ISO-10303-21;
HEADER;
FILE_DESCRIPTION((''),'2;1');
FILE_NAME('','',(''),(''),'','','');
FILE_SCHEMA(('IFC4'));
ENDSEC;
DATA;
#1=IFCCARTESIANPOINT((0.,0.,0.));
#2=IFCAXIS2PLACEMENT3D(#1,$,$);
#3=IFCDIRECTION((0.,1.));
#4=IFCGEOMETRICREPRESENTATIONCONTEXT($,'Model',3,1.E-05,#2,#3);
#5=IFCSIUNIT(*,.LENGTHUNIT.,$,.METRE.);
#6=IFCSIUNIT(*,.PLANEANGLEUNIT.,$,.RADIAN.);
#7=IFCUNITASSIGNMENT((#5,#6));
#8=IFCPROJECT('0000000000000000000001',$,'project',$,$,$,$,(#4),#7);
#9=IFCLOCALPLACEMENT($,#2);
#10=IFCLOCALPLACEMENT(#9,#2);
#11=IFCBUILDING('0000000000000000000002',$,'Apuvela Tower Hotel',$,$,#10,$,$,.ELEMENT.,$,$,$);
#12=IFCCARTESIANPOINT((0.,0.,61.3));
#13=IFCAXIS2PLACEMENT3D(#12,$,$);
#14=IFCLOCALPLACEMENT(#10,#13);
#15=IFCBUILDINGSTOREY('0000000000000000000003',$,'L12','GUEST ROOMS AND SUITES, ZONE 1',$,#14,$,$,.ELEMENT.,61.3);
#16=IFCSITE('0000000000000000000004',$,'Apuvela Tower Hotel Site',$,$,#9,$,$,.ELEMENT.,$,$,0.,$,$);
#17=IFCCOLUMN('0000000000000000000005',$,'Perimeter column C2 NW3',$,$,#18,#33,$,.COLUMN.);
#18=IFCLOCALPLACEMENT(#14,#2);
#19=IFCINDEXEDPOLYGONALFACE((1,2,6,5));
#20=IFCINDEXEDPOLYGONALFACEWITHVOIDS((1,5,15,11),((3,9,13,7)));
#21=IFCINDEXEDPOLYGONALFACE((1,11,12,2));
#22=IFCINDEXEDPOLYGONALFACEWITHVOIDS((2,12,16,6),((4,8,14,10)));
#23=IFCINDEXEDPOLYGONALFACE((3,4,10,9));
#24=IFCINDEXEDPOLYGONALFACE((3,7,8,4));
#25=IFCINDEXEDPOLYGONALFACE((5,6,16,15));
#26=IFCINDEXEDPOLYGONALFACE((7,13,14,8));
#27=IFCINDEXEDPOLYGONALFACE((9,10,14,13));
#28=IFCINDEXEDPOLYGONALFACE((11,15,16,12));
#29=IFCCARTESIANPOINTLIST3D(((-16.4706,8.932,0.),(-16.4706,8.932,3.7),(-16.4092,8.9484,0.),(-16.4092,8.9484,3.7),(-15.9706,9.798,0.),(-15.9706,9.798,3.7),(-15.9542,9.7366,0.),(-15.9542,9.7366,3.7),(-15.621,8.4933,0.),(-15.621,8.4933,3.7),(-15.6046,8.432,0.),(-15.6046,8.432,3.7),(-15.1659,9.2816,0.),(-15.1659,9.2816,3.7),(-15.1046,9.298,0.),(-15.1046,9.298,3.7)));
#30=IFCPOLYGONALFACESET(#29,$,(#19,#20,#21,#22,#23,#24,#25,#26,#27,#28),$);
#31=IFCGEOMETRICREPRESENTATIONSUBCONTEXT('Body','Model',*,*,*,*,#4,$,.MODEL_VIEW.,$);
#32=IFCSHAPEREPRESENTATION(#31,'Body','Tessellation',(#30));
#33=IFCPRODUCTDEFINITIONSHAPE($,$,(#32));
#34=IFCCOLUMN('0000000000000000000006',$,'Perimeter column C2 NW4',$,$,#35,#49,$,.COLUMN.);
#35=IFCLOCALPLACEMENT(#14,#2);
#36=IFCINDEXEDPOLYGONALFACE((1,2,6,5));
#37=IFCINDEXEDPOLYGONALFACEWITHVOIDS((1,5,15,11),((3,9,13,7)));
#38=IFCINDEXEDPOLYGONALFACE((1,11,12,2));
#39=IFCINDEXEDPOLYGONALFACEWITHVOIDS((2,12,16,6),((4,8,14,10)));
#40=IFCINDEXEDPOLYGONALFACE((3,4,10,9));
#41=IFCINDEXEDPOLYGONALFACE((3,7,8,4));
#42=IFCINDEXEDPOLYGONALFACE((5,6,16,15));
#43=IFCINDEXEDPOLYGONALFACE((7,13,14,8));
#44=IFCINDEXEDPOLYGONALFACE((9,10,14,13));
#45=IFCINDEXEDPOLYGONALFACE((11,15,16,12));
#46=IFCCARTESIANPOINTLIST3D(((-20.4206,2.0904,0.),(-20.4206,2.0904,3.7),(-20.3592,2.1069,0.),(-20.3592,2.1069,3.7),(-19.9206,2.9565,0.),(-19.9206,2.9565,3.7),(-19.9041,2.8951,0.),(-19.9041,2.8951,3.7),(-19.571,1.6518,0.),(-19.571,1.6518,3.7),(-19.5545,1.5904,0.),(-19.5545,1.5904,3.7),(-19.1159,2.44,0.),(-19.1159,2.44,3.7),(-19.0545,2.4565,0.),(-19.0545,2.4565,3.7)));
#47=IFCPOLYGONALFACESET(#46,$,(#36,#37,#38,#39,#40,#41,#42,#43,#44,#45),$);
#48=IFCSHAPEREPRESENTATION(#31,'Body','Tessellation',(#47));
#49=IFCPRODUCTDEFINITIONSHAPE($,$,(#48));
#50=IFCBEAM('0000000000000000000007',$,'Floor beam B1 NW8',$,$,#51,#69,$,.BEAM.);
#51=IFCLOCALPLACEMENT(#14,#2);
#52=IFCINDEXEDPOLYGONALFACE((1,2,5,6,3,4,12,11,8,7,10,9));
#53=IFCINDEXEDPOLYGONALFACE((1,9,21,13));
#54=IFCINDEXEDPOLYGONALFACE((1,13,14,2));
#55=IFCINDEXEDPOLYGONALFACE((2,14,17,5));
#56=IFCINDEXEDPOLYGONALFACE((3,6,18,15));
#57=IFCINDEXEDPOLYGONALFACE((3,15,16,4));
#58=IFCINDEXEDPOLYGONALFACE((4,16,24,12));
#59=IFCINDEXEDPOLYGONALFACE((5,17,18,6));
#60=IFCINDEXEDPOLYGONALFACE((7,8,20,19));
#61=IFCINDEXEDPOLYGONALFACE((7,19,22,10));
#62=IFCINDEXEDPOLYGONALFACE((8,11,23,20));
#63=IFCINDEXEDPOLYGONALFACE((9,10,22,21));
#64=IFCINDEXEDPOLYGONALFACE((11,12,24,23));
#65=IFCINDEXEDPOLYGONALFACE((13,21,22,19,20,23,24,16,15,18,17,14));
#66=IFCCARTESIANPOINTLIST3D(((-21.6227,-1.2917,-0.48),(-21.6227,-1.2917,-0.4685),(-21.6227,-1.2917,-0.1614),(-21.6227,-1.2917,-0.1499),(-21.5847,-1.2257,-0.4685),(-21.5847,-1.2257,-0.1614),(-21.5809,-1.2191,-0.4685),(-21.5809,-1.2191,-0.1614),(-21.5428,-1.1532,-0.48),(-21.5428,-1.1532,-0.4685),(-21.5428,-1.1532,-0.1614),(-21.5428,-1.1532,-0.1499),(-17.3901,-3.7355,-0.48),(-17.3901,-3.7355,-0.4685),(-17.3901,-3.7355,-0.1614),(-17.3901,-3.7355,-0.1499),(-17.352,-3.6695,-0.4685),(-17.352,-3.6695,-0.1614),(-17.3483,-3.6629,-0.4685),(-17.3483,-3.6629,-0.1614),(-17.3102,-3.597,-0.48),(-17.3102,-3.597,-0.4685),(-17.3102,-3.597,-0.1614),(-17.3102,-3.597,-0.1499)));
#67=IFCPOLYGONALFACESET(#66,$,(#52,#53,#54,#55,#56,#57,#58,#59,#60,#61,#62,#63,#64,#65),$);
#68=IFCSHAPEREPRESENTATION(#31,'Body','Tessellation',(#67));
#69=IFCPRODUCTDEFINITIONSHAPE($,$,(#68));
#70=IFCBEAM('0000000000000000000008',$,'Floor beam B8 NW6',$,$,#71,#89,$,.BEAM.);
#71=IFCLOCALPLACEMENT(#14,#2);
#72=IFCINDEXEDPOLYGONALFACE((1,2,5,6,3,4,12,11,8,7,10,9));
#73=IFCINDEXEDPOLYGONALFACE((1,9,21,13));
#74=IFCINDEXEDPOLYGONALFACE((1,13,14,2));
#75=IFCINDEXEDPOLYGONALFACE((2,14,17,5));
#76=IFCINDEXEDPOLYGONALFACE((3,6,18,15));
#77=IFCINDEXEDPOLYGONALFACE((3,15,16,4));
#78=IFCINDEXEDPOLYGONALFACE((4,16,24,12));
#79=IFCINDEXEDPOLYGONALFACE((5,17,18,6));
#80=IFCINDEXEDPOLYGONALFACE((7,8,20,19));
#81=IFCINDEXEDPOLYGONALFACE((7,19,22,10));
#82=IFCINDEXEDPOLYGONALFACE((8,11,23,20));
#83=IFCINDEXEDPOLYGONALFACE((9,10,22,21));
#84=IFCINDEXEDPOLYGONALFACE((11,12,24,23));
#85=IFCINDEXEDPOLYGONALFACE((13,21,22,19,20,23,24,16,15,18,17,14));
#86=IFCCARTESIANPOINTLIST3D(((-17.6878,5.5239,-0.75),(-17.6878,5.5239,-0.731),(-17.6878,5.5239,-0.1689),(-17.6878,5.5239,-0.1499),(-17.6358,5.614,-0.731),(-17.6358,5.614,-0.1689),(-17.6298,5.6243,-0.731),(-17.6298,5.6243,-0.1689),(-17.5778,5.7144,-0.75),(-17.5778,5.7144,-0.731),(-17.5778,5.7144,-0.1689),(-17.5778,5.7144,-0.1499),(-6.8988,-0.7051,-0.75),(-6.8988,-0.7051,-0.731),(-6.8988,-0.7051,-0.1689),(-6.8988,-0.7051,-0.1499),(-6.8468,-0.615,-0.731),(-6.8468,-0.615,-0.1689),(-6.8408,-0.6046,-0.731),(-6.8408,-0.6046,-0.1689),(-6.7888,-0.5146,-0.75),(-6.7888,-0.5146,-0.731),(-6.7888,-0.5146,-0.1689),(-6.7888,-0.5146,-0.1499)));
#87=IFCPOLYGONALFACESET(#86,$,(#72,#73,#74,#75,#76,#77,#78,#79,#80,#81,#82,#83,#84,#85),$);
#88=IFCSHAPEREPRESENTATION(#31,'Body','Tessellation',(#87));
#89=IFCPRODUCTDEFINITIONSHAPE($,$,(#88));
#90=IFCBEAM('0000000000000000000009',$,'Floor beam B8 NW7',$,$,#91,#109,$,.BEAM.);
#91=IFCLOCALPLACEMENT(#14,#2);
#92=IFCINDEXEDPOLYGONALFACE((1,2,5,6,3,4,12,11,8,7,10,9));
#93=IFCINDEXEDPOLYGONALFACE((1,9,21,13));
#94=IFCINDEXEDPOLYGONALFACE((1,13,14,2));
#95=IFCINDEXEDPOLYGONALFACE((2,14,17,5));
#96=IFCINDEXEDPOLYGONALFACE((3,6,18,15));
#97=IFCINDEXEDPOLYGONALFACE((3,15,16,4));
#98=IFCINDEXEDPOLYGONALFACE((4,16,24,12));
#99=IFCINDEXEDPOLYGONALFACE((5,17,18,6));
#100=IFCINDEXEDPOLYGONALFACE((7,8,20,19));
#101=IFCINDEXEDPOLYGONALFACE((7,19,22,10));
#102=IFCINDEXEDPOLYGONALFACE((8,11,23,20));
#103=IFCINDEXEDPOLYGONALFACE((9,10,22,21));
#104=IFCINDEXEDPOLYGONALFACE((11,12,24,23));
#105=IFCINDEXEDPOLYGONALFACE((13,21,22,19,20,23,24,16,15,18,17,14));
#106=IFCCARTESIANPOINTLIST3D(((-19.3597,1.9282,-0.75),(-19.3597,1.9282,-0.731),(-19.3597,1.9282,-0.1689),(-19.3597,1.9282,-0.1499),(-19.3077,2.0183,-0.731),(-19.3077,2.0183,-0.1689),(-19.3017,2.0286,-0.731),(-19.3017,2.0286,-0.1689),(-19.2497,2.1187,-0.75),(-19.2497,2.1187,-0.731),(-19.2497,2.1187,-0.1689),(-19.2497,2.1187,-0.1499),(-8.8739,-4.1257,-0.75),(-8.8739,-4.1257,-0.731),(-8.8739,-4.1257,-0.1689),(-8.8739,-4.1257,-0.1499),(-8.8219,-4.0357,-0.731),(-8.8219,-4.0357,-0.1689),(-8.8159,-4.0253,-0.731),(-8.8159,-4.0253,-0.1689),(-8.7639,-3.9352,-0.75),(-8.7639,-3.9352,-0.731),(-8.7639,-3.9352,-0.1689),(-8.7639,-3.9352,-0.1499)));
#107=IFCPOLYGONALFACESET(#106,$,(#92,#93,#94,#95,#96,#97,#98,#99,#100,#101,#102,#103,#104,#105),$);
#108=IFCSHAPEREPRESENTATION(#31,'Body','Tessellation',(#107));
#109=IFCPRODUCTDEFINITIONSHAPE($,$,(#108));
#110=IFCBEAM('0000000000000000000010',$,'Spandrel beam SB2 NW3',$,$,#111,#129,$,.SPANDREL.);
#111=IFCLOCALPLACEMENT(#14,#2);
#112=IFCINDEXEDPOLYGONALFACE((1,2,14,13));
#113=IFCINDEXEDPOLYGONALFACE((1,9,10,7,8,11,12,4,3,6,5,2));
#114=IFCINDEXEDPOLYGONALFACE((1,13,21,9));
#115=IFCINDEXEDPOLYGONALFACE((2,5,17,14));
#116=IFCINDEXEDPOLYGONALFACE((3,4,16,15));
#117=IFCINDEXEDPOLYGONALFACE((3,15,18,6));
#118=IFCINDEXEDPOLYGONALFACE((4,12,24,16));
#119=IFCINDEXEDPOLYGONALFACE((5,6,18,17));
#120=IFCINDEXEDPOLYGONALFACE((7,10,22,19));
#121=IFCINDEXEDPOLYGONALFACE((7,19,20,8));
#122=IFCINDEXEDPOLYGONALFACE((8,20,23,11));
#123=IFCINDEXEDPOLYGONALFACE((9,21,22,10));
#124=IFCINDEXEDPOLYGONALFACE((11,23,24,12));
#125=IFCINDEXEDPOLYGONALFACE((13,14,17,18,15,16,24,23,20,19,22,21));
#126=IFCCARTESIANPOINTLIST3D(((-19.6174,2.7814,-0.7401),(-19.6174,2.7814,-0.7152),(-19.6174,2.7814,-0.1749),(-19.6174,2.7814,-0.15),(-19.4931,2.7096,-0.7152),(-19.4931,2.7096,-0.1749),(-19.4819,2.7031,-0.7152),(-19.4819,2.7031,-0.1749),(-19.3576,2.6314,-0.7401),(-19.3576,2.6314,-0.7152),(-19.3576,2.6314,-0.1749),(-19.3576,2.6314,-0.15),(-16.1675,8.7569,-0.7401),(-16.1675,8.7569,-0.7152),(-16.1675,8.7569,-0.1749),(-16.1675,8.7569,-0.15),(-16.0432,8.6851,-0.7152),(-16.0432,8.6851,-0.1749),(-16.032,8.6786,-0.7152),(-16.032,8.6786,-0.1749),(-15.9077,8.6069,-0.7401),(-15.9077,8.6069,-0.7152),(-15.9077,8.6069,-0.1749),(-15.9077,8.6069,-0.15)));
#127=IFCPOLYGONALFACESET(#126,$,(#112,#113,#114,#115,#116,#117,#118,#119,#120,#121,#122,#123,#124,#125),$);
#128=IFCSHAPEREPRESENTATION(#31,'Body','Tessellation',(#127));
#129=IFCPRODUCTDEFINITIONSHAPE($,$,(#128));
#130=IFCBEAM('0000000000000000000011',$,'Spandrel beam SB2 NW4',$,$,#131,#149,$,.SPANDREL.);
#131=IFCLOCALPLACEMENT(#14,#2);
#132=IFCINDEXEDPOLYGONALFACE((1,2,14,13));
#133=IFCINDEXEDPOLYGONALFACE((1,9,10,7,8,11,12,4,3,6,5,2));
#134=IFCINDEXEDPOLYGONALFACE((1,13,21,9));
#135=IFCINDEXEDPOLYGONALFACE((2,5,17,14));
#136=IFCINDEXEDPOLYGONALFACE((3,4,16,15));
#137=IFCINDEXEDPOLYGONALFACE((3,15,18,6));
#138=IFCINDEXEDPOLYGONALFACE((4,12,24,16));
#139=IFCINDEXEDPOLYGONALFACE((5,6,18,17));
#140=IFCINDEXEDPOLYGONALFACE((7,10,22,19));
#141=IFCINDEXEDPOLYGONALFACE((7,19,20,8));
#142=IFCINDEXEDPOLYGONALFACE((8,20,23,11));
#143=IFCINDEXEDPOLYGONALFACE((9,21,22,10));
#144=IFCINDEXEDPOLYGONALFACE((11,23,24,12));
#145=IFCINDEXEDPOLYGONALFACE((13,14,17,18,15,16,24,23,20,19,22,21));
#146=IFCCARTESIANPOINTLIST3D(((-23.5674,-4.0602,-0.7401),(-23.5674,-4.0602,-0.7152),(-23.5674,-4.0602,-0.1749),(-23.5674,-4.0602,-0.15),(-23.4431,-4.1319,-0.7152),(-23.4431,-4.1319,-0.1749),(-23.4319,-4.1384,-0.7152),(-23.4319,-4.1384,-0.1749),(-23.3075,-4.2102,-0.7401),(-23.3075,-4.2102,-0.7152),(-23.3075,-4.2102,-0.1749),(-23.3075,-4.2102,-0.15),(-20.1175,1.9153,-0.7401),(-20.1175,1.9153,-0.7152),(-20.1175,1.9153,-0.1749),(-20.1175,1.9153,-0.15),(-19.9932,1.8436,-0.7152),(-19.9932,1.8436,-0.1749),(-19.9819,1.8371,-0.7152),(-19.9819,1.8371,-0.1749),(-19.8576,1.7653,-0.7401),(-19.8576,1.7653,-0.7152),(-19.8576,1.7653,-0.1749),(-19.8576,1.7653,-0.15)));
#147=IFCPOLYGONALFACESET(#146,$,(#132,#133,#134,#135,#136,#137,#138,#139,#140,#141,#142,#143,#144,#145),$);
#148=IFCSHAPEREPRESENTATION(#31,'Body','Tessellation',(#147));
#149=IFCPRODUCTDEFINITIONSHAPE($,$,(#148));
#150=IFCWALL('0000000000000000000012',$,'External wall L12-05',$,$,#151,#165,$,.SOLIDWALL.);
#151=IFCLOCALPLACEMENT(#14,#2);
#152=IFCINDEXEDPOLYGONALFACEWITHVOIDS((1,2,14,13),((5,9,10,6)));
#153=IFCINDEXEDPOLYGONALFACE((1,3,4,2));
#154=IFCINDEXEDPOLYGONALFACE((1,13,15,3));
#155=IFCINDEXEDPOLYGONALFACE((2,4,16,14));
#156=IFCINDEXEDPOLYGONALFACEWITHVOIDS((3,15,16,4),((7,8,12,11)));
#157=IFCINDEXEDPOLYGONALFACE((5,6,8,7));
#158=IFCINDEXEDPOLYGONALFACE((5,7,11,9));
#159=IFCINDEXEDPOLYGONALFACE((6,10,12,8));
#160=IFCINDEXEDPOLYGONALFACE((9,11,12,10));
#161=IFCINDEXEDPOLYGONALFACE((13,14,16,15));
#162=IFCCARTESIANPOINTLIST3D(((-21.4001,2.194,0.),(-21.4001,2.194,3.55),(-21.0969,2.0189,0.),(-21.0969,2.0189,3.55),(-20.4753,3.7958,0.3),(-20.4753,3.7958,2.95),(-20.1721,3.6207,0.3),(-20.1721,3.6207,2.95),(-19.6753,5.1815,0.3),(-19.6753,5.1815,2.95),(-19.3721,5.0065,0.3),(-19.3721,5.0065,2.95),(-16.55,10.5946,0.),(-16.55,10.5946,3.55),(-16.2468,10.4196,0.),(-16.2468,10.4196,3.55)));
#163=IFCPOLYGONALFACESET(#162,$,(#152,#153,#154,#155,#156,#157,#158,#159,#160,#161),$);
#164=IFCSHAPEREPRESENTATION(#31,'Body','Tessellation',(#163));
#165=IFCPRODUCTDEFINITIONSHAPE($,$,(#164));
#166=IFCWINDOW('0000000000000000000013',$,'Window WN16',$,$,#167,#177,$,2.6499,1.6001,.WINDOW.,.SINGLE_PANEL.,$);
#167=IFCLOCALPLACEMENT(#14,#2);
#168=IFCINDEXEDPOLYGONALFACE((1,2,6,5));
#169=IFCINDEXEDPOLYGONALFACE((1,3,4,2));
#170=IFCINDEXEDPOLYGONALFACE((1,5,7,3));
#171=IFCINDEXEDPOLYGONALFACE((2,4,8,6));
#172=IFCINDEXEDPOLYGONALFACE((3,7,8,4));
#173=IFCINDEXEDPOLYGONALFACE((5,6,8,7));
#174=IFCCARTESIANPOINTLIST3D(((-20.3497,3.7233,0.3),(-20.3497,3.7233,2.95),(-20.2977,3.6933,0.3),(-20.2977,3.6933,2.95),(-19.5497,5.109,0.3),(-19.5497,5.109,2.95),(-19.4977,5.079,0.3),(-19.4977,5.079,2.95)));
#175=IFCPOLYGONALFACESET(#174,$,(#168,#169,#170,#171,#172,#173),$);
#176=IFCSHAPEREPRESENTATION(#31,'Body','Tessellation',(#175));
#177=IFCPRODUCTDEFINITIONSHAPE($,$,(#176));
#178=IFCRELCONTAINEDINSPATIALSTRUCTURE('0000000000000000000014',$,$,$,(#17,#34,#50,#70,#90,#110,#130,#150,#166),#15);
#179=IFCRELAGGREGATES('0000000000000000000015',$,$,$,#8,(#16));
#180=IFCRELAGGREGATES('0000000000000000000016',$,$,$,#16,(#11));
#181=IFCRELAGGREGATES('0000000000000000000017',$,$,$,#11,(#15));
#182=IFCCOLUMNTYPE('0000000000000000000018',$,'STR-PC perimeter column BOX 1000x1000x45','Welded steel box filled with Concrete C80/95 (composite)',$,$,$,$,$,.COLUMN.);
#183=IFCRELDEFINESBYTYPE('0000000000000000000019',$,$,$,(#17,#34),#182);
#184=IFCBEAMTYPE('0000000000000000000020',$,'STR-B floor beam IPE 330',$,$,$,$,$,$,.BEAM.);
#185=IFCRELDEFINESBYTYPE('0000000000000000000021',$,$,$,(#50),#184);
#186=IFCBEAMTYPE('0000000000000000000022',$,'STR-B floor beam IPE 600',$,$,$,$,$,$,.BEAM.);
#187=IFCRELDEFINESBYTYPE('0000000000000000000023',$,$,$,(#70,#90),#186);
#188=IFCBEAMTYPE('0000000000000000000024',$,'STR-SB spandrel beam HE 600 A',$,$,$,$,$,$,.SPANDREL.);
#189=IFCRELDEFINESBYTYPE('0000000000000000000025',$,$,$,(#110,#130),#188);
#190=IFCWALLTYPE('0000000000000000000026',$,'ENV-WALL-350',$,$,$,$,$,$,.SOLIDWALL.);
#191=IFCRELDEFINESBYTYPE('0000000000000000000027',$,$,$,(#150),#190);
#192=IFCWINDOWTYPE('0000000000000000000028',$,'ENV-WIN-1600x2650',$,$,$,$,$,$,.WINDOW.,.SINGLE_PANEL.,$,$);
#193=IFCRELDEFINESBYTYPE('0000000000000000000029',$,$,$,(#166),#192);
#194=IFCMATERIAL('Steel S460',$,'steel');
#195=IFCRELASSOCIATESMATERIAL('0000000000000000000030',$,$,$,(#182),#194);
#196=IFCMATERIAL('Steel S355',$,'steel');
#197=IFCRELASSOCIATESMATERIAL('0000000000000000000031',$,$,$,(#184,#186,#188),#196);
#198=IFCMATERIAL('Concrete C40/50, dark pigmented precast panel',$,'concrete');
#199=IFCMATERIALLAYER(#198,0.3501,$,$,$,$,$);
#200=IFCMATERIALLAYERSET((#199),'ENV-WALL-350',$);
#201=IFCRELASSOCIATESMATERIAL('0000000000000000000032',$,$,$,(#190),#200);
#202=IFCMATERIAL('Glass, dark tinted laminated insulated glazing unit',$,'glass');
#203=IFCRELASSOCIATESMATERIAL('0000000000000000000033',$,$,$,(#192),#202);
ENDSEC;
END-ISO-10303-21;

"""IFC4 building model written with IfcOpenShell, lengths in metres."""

from ifc_helpers import new_model, si_unit, direction, frame, frame_2d, origin, origin_2d, place, context, subcontext, project, spatial, rectangle, hollow_rectangle, i_section, extrude, material, layer, layer_set, material_profile, profile_set, type_object, element, fill, save


model = new_model("IFC4")

# Units and contexts
model_context = context("Model", 3, precision=1e-05, world=origin(), true_north=direction((0.0, 1.0)))
body_context = subcontext(model_context, "Body", "Model", "MODEL_VIEW")
ifc_project = project(units=[si_unit("LENGTHUNIT", "METRE"), si_unit("PLANEANGLEUNIT", "RADIAN")], contexts=[model_context])

# Site, building, storey
site_placement = place(None, origin())
site = spatial("IfcSite", under=ifc_project, at=site_placement, Name="Apuvela Tower Hotel Site", CompositionType="ELEMENT", RefElevation=0.0)
building_placement = place(site_placement, origin())
building = spatial("IfcBuilding", under=site, at=building_placement, Name="Apuvela Tower Hotel", CompositionType="ELEMENT")
storey_placement = place(building_placement, frame((0.0, 0.0, 61.3)))
storey = spatial("IfcBuildingStorey", under=building, at=storey_placement, Name="L12", Description="GUEST ROOMS AND SUITES, ZONE 1", CompositionType="ELEMENT", Elevation=61.3)

# Columns
ifc_material_1 = material(Name="Steel S460", Category="steel")
ifc_material_profile_1 = material_profile(ifc_material_1, hollow_rectangle(XDim=1.0, YDim=1.0, WallThickness=0.0449, at=origin_2d()), Name="BOX 1000x1000x45")
ifc_material_2 = material(Name="Concrete C80/95", Category="concrete")
ifc_material_profile_2 = material_profile(ifc_material_2, rectangle(XDim=0.9099, YDim=0.9099, at=origin_2d()), Name="Concrete C80/95 infill")
ifc_profile_set_1 = profile_set([ifc_material_profile_1, ifc_material_profile_2], Name="Steel S460")
column_type = type_object("IfcColumnType", Name="STR-PC perimeter column BOX 1000x1000x45", Description="Welded steel box filled with Concrete C80/95 (composite)", PredefinedType="COLUMN", material=ifc_profile_set_1)
for number, where, z_axis, x_axis, name in (
    (1, (-15.7876, 9.115, 0.0), (0.0, 0.0, 1.0), (0.5, 0.866025, 0.0), "Perimeter column C2 NW3"),
    (2, (-19.7375, 2.2734, 0.0), (0.0, 0.0, 1.0), (0.5, 0.866025, 0.0), "Perimeter column C2 NW4"),
):
    element("IfcColumn", number, at=place(storey_placement, frame(where, z_axis=z_axis, x_axis=x_axis)), inside=storey, type_object=column_type, Name=name, PredefinedType="COLUMN", context=body_context, shape_type="SweptSolid", body=[
        extrude(hollow_rectangle(XDim=1.0, YDim=1.0, WallThickness=0.0449, at=origin_2d()), origin(), (0.0, 0.0, 1.0), 3.7),
    ])

# Beams
ifc_material_3 = material(Name="Steel S355", Category="steel")
ifc_material_profile_3 = material_profile(ifc_material_3, i_section(OverallWidth=0.1599, OverallDepth=0.3301, WebThickness=0.0076, FlangeThickness=0.0115, at=origin_2d()), Name="IPE 330")
ifc_profile_set_2 = profile_set([ifc_material_profile_3], Name="Steel S355")
beam_type_1 = type_object("IfcBeamType", Name="STR-B floor beam IPE 330", PredefinedType="BEAM", material=ifc_profile_set_2)
beam_1_placement = place(storey_placement, frame((-21.5828, -1.2224, -0.3149), z_axis=(0.866015, -0.500018, 0.0), x_axis=(0.500018, 0.866015, 0.0)))
element("IfcBeam", 3, at=beam_1_placement, inside=storey, type_object=beam_type_1, Name="Floor beam B1 NW8", PredefinedType="BEAM", context=body_context, shape_type="SweptSolid", body=[
    extrude(i_section(OverallWidth=0.1599, OverallDepth=0.3301, WebThickness=0.0076, FlangeThickness=0.0115, at=origin_2d()), origin(), (0.0, 0.0, 1.0), 4.8875),
])
ifc_material_profile_4 = material_profile(ifc_material_3, i_section(OverallWidth=0.22, OverallDepth=0.6001, WebThickness=0.012, FlangeThickness=0.019, at=origin_2d()), Name="IPE 600")
ifc_profile_set_3 = profile_set([ifc_material_profile_4], Name="Steel S355")
beam_type_2 = type_object("IfcBeamType", Name="STR-B floor beam IPE 600", PredefinedType="BEAM", material=ifc_profile_set_3)
beam_2_placement = place(storey_placement, frame((-17.6328, 5.6191, -0.45), z_axis=(0.866028, -0.499996, 0.0), x_axis=(0.499996, 0.866028, 0.0)))
element("IfcBeam", 4, at=beam_2_placement, inside=storey, type_object=beam_type_2, Name="Floor beam B8 NW6", PredefinedType="BEAM", context=body_context, shape_type="SweptSolid", body=[
    extrude(i_section(OverallWidth=0.22, OverallDepth=0.6001, WebThickness=0.012, FlangeThickness=0.019, at=origin_2d()), origin(), (0.0, 0.0, 1.0), 12.458),
])
beam_3_placement = place(storey_placement, frame((-19.3047, 2.0234, -0.45), z_axis=(0.866027, -0.499997, 0.0), x_axis=(0.499997, 0.866027, 0.0)))
element("IfcBeam", 5, at=beam_3_placement, inside=storey, type_object=beam_type_2, Name="Floor beam B8 NW7", PredefinedType="BEAM", context=body_context, shape_type="SweptSolid", body=[
    extrude(i_section(OverallWidth=0.22, OverallDepth=0.6001, WebThickness=0.012, FlangeThickness=0.019, at=origin_2d()), origin(), (0.0, 0.0, 1.0), 12.1079),
])
ifc_material_profile_5 = material_profile(ifc_material_3, i_section(OverallWidth=0.3, OverallDepth=0.5901, WebThickness=0.0129, FlangeThickness=0.0249, at=origin_2d()), Name="HE 600 A")
ifc_profile_set_4 = profile_set([ifc_material_profile_5], Name="Steel S355")
beam_type_3 = type_object("IfcBeamType", Name="STR-SB spandrel beam HE 600 A", PredefinedType="SPANDREL", material=ifc_profile_set_4)
for number, where, z_axis, x_axis, name in (
    (6, (-16.0376, 8.6819, -0.4451), (-0.499994, -0.866029, 0.0), (0.866029, -0.499994, 0.0), "Spandrel beam SB2 NW3"),
    (7, (-19.9875, 1.8403, -0.4451), (-0.499994, -0.866029, 0.0), (0.866029, -0.499994, 0.0), "Spandrel beam SB2 NW4"),
):
    element("IfcBeam", number, at=place(storey_placement, frame(where, z_axis=z_axis, x_axis=x_axis)), inside=storey, type_object=beam_type_3, Name=name, PredefinedType="SPANDREL", context=body_context, shape_type="SweptSolid", body=[
        extrude(i_section(OverallWidth=0.3, OverallDepth=0.5901, WebThickness=0.0129, FlangeThickness=0.0249, at=origin_2d()), origin(), (0.0, 0.0, 1.0), 6.8999),
    ])

# Wall, opening, window
ifc_material_4 = material(Name="Concrete C40/50, dark pigmented precast panel", Category="concrete")
ifc_layer_1 = layer(ifc_material_4, 0.3501)
ifc_layer_set_1 = layer_set([ifc_layer_1], Name="ENV-WALL-350")
wall_type_1 = type_object("IfcWallType", Name="ENV-WALL-350", PredefinedType="SOLIDWALL", material=ifc_layer_set_1)
wall_1_placement = place(storey_placement, frame((-16.3984, 10.5071, 0.0), z_axis=(0.0, 0.0, 1.0), x_axis=(-0.499999, -0.866026, 0.0)))
wall_1 = element("IfcWall", 8, at=wall_1_placement, inside=storey, type_object=wall_type_1, Name="External wall L12-05", PredefinedType="SOLIDWALL", context=body_context, shape_type="SweptSolid", body=[
    extrude(rectangle(XDim=9.7002, YDim=0.3501, at=frame_2d((4.8501, 0.0))), origin(), (0.0, 0.0, 1.0), 3.55),
])
opening_1_placement = place(wall_1_placement, frame((6.2505, 0.0, 0.3)))
opening_1 = element("IfcOpeningElement", 9, at=opening_1_placement, cuts=wall_1, PredefinedType="OPENING", context=body_context, shape_type="SweptSolid", body=[
    extrude(rectangle(XDim=1.6001, YDim=2.6499, at=frame_2d((0.8, 1.325))), frame((0.0, 0.1851, 0.0), z_axis=(0.0, -1.0, 0.0), x_axis=(1.0, 0.0, 0.0)), (0.0, 0.0, 1.0), 0.3701),
])
ifc_material_5 = material(Name="Glass, dark tinted laminated insulated glazing unit", Category="glass")
window_type_1 = type_object("IfcWindowType", Name="ENV-WIN-1600x2650", PartitioningType="SINGLE_PANEL", PredefinedType="WINDOW", material=ifc_material_5)
window_1_placement = place(opening_1_placement, origin())
window_1 = element("IfcWindow", 10, at=window_1_placement, inside=storey, type_object=window_type_1, Name="Window WN16", OverallHeight=2.6499, OverallWidth=1.6001, PartitioningType="SINGLE_PANEL", PredefinedType="WINDOW", context=body_context, shape_type="SweptSolid", body=[
    extrude(rectangle(XDim=1.6001, YDim=2.6499, at=frame_2d((0.8, 1.325))), frame((0.0, 0.03, 0.0), z_axis=(0.0, -1.0, 0.0), x_axis=(1.0, 0.0, 0.0)), (0.0, 0.0, 1.0), 0.0601),
])
fill(opening_1, window_1)

save(model, "model.ifc")
